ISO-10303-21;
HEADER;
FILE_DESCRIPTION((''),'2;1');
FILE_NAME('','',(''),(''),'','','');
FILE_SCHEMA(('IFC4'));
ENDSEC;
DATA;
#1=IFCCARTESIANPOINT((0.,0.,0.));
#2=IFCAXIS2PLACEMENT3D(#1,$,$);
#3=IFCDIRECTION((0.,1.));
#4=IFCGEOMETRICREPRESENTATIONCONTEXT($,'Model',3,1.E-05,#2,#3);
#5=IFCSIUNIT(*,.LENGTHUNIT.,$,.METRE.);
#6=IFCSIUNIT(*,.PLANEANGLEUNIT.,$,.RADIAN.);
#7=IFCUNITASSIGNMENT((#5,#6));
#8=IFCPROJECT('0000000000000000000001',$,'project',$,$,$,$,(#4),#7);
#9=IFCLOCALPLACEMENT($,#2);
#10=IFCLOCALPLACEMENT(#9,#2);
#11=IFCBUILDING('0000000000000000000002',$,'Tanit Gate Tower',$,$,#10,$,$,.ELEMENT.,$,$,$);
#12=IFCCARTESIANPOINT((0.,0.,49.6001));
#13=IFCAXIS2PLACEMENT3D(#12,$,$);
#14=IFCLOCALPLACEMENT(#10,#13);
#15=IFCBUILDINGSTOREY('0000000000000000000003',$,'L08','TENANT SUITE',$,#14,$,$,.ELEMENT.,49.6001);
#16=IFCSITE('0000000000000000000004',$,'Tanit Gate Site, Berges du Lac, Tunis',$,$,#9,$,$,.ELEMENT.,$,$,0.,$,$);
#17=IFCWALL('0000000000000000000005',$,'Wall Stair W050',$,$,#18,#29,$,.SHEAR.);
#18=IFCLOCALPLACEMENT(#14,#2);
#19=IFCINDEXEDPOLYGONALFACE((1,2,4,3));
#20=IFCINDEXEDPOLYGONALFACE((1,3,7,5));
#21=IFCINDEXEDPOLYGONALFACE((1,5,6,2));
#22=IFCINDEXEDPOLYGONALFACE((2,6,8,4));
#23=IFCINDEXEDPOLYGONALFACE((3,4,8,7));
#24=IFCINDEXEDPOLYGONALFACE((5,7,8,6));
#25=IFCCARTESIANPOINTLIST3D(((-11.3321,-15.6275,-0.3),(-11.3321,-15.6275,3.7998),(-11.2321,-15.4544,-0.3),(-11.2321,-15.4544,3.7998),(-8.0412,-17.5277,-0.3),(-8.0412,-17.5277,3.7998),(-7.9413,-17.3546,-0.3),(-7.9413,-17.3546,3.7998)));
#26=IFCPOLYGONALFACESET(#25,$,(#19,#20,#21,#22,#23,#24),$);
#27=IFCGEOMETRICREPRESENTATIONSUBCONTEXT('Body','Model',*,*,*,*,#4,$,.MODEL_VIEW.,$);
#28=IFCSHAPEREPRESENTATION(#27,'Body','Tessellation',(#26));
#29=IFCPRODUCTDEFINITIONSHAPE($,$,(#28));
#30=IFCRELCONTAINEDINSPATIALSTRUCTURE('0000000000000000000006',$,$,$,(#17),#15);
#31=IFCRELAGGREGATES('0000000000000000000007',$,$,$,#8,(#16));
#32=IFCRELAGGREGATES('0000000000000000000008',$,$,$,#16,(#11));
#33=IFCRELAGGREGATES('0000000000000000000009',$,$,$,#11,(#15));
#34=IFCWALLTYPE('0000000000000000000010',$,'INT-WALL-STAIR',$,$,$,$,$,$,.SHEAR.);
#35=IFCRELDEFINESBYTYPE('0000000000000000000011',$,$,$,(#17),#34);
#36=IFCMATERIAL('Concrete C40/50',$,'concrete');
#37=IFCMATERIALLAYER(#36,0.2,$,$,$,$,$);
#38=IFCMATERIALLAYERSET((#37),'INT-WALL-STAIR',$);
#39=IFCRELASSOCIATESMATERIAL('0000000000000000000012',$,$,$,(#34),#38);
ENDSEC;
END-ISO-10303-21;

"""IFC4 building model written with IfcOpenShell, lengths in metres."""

from ifc_helpers import new_model, si_unit, direction, frame, frame_2d, origin, place, context, subcontext, project, spatial, rectangle, extrude, material, layer, layer_set, type_object, element, save


model = new_model("IFC4")

# Units and contexts
model_context = context("Model", 3, precision=1e-05, world=origin(), true_north=direction((0.0, 1.0)))
body_context = subcontext(model_context, "Body", "Model", "MODEL_VIEW")
ifc_project = project(units=[si_unit("LENGTHUNIT", "METRE"), si_unit("PLANEANGLEUNIT", "RADIAN")], contexts=[model_context])

# Site, building, storey
site_placement = place(None, origin())
site = spatial("IfcSite", under=ifc_project, at=site_placement, Name="Tanit Gate Site, Berges du Lac, Tunis", CompositionType="ELEMENT", RefElevation=0.0)
building_placement = place(site_placement, origin())
building = spatial("IfcBuilding", under=site, at=building_placement, Name="Tanit Gate Tower", CompositionType="ELEMENT")
storey_placement = place(building_placement, frame((0.0, 0.0, 49.6001)))
storey = spatial("IfcBuildingStorey", under=building, at=storey_placement, Name="L08", Description="TENANT SUITE", CompositionType="ELEMENT", Elevation=49.6001)

# Wall
ifc_material_1 = material(Name="Concrete C40/50", Category="concrete")
ifc_layer_1 = layer(ifc_material_1, 0.2)
ifc_layer_set_1 = layer_set([ifc_layer_1], Name="INT-WALL-STAIR")
wall_type_1 = type_object("IfcWallType", Name="INT-WALL-STAIR", PredefinedType="SHEAR", material=ifc_layer_set_1)
wall_1_placement = place(storey_placement, frame((-11.282, -15.541, -0.3), z_axis=(0.0, 0.0, 1.0), x_axis=(0.866, -0.500043, 0.0)))
element("IfcWall", 1, at=wall_1_placement, inside=storey, type_object=wall_type_1, Name="Wall Stair W050", PredefinedType="SHEAR", context=body_context, shape_type="SweptSolid", body=[
    extrude(rectangle(XDim=3.8, YDim=0.2, at=frame_2d((1.8999, 0.0))), origin(), (0.0, 0.0, 1.0), 4.0999),
])

save(model, "model.ifc")
